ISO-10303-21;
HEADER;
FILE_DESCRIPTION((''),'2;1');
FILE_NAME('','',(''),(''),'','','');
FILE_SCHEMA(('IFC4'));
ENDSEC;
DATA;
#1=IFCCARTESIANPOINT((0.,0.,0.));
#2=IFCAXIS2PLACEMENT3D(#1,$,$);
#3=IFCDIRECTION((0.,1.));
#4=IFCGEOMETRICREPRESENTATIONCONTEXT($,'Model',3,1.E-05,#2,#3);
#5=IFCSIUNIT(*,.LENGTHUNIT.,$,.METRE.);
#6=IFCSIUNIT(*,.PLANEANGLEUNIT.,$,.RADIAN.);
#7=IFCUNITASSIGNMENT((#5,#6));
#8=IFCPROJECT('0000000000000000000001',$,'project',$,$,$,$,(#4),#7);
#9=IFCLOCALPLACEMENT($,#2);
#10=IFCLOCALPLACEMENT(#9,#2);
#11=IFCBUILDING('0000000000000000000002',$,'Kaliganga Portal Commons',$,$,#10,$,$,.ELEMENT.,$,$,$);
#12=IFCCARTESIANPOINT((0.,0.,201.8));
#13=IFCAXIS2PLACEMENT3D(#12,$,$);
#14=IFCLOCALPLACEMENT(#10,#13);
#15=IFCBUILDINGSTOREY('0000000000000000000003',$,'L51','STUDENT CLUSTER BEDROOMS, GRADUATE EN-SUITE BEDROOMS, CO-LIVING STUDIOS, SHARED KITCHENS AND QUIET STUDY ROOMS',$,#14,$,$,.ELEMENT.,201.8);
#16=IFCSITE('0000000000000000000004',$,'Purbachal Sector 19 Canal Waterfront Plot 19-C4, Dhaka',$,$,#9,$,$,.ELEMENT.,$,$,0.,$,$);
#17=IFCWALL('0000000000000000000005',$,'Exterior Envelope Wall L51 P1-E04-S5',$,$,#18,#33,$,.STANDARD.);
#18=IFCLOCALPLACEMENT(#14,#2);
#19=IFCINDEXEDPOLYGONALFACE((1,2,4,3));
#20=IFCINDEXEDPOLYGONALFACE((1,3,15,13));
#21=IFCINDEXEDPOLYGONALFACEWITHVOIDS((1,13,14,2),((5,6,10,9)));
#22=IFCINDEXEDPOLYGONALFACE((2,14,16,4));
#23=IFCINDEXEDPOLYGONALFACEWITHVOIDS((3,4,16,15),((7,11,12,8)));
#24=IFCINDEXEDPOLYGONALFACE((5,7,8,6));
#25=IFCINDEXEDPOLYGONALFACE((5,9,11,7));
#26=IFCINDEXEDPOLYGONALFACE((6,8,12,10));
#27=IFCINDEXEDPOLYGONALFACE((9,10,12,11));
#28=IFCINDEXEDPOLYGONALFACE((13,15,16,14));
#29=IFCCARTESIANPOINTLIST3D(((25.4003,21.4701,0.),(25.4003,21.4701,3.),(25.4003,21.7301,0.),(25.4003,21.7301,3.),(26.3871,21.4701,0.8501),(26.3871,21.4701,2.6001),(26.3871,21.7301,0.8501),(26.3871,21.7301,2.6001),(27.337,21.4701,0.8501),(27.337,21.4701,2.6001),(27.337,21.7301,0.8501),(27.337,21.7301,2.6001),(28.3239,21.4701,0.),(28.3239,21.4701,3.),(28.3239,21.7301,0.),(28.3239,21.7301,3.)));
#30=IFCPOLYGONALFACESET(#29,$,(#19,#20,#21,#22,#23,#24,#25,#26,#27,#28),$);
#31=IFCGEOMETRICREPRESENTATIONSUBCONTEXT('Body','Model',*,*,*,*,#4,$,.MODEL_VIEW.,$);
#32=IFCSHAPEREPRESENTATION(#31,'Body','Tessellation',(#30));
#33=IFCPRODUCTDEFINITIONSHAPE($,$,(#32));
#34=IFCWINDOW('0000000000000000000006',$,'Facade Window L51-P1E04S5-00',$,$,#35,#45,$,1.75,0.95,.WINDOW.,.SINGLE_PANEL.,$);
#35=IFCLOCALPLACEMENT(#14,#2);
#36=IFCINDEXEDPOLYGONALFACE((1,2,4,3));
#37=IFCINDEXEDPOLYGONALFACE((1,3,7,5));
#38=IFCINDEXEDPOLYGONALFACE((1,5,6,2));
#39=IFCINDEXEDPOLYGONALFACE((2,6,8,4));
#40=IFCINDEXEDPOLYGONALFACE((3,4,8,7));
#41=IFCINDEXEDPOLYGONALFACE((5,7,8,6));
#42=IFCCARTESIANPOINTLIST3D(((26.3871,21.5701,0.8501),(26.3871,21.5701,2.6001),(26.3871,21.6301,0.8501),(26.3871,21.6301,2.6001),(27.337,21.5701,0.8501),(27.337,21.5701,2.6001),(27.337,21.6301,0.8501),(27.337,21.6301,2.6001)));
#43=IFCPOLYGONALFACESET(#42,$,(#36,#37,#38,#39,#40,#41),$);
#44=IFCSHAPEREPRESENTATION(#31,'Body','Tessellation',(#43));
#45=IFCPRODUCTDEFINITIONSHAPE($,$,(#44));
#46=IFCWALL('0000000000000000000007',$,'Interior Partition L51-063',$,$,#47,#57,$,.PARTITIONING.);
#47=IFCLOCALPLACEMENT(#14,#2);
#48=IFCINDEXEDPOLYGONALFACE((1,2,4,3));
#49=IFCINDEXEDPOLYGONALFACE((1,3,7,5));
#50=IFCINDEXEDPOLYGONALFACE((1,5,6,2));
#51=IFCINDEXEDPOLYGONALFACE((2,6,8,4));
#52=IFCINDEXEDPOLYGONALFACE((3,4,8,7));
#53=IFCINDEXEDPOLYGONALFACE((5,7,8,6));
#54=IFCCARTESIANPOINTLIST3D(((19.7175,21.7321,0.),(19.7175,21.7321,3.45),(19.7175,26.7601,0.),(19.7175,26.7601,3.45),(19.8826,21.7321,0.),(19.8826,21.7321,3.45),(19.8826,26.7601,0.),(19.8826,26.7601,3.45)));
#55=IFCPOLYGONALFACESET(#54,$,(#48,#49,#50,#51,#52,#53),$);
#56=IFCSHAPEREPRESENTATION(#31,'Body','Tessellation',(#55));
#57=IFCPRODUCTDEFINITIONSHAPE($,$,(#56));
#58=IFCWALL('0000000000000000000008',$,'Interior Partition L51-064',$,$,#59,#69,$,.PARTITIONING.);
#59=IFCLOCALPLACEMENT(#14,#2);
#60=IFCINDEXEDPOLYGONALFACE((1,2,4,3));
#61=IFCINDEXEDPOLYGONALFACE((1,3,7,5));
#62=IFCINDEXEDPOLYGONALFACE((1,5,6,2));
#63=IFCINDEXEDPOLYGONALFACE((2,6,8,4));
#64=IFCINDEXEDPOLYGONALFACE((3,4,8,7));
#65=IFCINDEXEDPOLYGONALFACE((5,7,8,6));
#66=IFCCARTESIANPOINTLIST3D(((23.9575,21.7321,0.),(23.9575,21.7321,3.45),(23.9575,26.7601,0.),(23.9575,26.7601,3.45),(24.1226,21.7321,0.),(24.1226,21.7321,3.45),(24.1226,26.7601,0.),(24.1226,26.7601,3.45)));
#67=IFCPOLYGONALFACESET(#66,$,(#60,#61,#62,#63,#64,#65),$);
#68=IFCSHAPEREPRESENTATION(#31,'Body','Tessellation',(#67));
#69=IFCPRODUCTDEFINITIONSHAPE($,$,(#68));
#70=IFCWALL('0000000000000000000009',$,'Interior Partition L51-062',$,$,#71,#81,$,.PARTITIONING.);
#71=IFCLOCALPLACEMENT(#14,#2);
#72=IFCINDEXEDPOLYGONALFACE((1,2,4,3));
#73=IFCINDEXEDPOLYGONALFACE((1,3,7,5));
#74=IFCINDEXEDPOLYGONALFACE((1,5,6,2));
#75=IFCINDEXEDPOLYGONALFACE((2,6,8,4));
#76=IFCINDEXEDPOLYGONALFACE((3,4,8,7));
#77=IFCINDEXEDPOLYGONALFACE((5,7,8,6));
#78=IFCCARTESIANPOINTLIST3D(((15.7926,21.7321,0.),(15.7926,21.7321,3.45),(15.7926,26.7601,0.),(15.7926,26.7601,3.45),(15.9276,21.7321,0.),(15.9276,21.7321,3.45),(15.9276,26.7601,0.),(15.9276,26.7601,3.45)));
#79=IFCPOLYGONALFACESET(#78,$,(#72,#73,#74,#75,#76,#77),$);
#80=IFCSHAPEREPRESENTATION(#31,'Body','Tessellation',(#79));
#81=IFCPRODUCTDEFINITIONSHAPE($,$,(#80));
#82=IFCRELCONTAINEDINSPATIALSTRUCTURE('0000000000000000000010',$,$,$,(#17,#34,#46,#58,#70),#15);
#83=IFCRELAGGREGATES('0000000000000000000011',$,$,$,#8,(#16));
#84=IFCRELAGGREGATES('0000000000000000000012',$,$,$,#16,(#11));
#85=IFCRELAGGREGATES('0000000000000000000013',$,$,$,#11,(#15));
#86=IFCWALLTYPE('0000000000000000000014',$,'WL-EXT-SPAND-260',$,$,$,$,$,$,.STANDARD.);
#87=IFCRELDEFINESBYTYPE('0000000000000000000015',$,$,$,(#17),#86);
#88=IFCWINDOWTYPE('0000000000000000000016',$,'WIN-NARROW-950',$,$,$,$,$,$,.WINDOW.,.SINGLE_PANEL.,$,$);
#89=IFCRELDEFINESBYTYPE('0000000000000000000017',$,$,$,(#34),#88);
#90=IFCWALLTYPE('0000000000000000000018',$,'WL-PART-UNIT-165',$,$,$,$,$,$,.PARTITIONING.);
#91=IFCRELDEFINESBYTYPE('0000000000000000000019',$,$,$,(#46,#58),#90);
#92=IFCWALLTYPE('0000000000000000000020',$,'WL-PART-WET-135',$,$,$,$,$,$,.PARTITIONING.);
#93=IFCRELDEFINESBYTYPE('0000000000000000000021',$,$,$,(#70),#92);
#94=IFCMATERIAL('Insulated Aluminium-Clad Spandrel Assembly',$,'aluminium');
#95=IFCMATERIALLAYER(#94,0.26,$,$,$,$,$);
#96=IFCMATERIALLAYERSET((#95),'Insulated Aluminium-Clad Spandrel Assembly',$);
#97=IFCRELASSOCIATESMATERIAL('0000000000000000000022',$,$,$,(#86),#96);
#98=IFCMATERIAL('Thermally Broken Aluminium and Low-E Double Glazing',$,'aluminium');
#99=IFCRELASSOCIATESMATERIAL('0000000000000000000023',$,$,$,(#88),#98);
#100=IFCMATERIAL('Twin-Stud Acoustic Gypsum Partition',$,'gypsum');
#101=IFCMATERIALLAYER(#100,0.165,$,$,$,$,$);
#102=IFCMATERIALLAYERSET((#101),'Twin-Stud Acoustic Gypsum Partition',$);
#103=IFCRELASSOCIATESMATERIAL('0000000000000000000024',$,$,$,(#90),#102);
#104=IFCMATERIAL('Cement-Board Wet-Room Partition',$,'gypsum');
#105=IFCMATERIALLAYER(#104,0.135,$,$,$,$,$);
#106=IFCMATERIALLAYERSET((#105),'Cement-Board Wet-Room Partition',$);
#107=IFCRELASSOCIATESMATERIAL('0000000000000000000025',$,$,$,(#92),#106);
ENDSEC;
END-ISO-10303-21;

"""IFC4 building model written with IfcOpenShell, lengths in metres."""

from ifc_helpers import new_model, si_unit, direction, frame, frame_2d, origin, place, context, subcontext, project, spatial, rectangle, extrude, material, layer, layer_set, type_object, element, fill, save


model = new_model("IFC4")

# Units and contexts
model_context = context("Model", 3, precision=1e-05, world=origin(), true_north=direction((0.0, 1.0)))
body_context = subcontext(model_context, "Body", "Model", "MODEL_VIEW")
ifc_project = project(units=[si_unit("LENGTHUNIT", "METRE"), si_unit("PLANEANGLEUNIT", "RADIAN")], contexts=[model_context])

# Site, building, storey
site_placement = place(None, origin())
site = spatial("IfcSite", under=ifc_project, at=site_placement, Name="Purbachal Sector 19 Canal Waterfront Plot 19-C4, Dhaka", CompositionType="ELEMENT", RefElevation=0.0)
building_placement = place(site_placement, origin())
building = spatial("IfcBuilding", under=site, at=building_placement, Name="Kaliganga Portal Commons", CompositionType="ELEMENT")
storey_placement = place(building_placement, frame((0.0, 0.0, 201.8)))
storey = spatial("IfcBuildingStorey", under=building, at=storey_placement, Name="L51", Description="STUDENT CLUSTER BEDROOMS, GRADUATE EN-SUITE BEDROOMS, CO-LIVING STUDIOS, SHARED KITCHENS AND QUIET STUDY ROOMS", CompositionType="ELEMENT", Elevation=201.8)

# Shared definitions
ifc_material_1 = material(Name="Insulated Aluminium-Clad Spandrel Assembly", Category="aluminium")
ifc_layer_1 = layer(ifc_material_1, 0.26)
ifc_layer_set_1 = layer_set([ifc_layer_1], Name="Insulated Aluminium-Clad Spandrel Assembly")
wall_type_1 = type_object("IfcWallType", Name="WL-EXT-SPAND-260", PredefinedType="STANDARD", material=ifc_layer_set_1)
ifc_material_2 = material(Name="Thermally Broken Aluminium and Low-E Double Glazing", Category="aluminium")
window_type_1 = type_object("IfcWindowType", Name="WIN-NARROW-950", PartitioningType="SINGLE_PANEL", PredefinedType="WINDOW", material=ifc_material_2)

# Wall, opening, window
wall_1_placement = place(storey_placement, frame((28.324, 21.6001, 0.0), z_axis=(0.0, 0.0, 1.0), x_axis=(-1.0, 0.0, 0.0)))
wall_1 = element("IfcWall", 1, at=wall_1_placement, inside=storey, type_object=wall_type_1, Name="Exterior Envelope Wall L51 P1-E04-S5", PredefinedType="STANDARD", context=body_context, shape_type="SweptSolid", body=[
    extrude(rectangle(XDim=2.9236, YDim=0.26, at=frame_2d((1.4619, 0.0))), origin(), (0.0, 0.0, 1.0), 3.0),
])
opening_1_placement = place(wall_1_placement, frame((0.9868, 0.0, 0.8501)))
opening_1 = element("IfcOpeningElement", 2, at=opening_1_placement, cuts=wall_1, PredefinedType="OPENING", context=body_context, shape_type="SweptSolid", body=[
    extrude(rectangle(XDim=0.95, YDim=1.75, at=frame_2d((0.4751, 0.875))), frame((0.0, 0.1401, 0.0), z_axis=(0.0, -1.0, 0.0), x_axis=(1.0, 0.0, 0.0)), (0.0, 0.0, 1.0), 0.28),
])
window_1_placement = place(opening_1_placement, origin())
window_1 = element("IfcWindow", 3, at=window_1_placement, inside=storey, type_object=window_type_1, Name="Facade Window L51-P1E04S5-00", OverallHeight=1.75, OverallWidth=0.95, PartitioningType="SINGLE_PANEL", PredefinedType="WINDOW", context=body_context, shape_type="SweptSolid", body=[
    extrude(rectangle(XDim=0.95, YDim=1.75, at=frame_2d((0.4751, 0.875))), frame((0.0, 0.03, 0.0), z_axis=(0.0, -1.0, 0.0), x_axis=(1.0, 0.0, 0.0)), (0.0, 0.0, 1.0), 0.0601),
])
fill(opening_1, window_1)

# Walls
ifc_material_3 = material(Name="Twin-Stud Acoustic Gypsum Partition", Category="gypsum")
ifc_layer_2 = layer(ifc_material_3, 0.165)
ifc_layer_set_2 = layer_set([ifc_layer_2], Name="Twin-Stud Acoustic Gypsum Partition")
wall_type_2 = type_object("IfcWallType", Name="WL-PART-UNIT-165", PredefinedType="PARTITIONING", material=ifc_layer_set_2)
for number, where, z_axis, x_axis, name in (
    (4, (19.8, 21.7319, 0.0), (0.0, 0.0, 1.0), (0.0, 1.0, 0.0), "Interior Partition L51-063"),
    (5, (24.04, 21.7319, 0.0), (0.0, 0.0, 1.0), (0.0, 1.0, 0.0), "Interior Partition L51-064"),
):
    element("IfcWall", number, at=place(storey_placement, frame(where, z_axis=z_axis, x_axis=x_axis)), inside=storey, type_object=wall_type_2, Name=name, PredefinedType="PARTITIONING", context=body_context, shape_type="SweptSolid", body=[
        extrude(rectangle(XDim=5.0281, YDim=0.165, at=frame_2d((2.5142, 0.0))), origin(), (0.0, 0.0, 1.0), 3.45),
    ])
ifc_material_4 = material(Name="Cement-Board Wet-Room Partition", Category="gypsum")
ifc_layer_3 = layer(ifc_material_4, 0.135)
ifc_layer_set_3 = layer_set([ifc_layer_3], Name="Cement-Board Wet-Room Partition")
wall_type_3 = type_object("IfcWallType", Name="WL-PART-WET-135", PredefinedType="PARTITIONING", material=ifc_layer_set_3)
wall_2_placement = place(storey_placement, frame((15.8601, 21.7319, 0.0), z_axis=(0.0, 0.0, 1.0), x_axis=(0.0, 1.0, 0.0)))
element("IfcWall", 6, at=wall_2_placement, inside=storey, type_object=wall_type_3, Name="Interior Partition L51-062", PredefinedType="PARTITIONING", context=body_context, shape_type="SweptSolid", body=[
    extrude(rectangle(XDim=5.0281, YDim=0.135, at=frame_2d((2.5142, 0.0))), origin(), (0.0, 0.0, 1.0), 3.45),
])

save(model, "model.ifc")
